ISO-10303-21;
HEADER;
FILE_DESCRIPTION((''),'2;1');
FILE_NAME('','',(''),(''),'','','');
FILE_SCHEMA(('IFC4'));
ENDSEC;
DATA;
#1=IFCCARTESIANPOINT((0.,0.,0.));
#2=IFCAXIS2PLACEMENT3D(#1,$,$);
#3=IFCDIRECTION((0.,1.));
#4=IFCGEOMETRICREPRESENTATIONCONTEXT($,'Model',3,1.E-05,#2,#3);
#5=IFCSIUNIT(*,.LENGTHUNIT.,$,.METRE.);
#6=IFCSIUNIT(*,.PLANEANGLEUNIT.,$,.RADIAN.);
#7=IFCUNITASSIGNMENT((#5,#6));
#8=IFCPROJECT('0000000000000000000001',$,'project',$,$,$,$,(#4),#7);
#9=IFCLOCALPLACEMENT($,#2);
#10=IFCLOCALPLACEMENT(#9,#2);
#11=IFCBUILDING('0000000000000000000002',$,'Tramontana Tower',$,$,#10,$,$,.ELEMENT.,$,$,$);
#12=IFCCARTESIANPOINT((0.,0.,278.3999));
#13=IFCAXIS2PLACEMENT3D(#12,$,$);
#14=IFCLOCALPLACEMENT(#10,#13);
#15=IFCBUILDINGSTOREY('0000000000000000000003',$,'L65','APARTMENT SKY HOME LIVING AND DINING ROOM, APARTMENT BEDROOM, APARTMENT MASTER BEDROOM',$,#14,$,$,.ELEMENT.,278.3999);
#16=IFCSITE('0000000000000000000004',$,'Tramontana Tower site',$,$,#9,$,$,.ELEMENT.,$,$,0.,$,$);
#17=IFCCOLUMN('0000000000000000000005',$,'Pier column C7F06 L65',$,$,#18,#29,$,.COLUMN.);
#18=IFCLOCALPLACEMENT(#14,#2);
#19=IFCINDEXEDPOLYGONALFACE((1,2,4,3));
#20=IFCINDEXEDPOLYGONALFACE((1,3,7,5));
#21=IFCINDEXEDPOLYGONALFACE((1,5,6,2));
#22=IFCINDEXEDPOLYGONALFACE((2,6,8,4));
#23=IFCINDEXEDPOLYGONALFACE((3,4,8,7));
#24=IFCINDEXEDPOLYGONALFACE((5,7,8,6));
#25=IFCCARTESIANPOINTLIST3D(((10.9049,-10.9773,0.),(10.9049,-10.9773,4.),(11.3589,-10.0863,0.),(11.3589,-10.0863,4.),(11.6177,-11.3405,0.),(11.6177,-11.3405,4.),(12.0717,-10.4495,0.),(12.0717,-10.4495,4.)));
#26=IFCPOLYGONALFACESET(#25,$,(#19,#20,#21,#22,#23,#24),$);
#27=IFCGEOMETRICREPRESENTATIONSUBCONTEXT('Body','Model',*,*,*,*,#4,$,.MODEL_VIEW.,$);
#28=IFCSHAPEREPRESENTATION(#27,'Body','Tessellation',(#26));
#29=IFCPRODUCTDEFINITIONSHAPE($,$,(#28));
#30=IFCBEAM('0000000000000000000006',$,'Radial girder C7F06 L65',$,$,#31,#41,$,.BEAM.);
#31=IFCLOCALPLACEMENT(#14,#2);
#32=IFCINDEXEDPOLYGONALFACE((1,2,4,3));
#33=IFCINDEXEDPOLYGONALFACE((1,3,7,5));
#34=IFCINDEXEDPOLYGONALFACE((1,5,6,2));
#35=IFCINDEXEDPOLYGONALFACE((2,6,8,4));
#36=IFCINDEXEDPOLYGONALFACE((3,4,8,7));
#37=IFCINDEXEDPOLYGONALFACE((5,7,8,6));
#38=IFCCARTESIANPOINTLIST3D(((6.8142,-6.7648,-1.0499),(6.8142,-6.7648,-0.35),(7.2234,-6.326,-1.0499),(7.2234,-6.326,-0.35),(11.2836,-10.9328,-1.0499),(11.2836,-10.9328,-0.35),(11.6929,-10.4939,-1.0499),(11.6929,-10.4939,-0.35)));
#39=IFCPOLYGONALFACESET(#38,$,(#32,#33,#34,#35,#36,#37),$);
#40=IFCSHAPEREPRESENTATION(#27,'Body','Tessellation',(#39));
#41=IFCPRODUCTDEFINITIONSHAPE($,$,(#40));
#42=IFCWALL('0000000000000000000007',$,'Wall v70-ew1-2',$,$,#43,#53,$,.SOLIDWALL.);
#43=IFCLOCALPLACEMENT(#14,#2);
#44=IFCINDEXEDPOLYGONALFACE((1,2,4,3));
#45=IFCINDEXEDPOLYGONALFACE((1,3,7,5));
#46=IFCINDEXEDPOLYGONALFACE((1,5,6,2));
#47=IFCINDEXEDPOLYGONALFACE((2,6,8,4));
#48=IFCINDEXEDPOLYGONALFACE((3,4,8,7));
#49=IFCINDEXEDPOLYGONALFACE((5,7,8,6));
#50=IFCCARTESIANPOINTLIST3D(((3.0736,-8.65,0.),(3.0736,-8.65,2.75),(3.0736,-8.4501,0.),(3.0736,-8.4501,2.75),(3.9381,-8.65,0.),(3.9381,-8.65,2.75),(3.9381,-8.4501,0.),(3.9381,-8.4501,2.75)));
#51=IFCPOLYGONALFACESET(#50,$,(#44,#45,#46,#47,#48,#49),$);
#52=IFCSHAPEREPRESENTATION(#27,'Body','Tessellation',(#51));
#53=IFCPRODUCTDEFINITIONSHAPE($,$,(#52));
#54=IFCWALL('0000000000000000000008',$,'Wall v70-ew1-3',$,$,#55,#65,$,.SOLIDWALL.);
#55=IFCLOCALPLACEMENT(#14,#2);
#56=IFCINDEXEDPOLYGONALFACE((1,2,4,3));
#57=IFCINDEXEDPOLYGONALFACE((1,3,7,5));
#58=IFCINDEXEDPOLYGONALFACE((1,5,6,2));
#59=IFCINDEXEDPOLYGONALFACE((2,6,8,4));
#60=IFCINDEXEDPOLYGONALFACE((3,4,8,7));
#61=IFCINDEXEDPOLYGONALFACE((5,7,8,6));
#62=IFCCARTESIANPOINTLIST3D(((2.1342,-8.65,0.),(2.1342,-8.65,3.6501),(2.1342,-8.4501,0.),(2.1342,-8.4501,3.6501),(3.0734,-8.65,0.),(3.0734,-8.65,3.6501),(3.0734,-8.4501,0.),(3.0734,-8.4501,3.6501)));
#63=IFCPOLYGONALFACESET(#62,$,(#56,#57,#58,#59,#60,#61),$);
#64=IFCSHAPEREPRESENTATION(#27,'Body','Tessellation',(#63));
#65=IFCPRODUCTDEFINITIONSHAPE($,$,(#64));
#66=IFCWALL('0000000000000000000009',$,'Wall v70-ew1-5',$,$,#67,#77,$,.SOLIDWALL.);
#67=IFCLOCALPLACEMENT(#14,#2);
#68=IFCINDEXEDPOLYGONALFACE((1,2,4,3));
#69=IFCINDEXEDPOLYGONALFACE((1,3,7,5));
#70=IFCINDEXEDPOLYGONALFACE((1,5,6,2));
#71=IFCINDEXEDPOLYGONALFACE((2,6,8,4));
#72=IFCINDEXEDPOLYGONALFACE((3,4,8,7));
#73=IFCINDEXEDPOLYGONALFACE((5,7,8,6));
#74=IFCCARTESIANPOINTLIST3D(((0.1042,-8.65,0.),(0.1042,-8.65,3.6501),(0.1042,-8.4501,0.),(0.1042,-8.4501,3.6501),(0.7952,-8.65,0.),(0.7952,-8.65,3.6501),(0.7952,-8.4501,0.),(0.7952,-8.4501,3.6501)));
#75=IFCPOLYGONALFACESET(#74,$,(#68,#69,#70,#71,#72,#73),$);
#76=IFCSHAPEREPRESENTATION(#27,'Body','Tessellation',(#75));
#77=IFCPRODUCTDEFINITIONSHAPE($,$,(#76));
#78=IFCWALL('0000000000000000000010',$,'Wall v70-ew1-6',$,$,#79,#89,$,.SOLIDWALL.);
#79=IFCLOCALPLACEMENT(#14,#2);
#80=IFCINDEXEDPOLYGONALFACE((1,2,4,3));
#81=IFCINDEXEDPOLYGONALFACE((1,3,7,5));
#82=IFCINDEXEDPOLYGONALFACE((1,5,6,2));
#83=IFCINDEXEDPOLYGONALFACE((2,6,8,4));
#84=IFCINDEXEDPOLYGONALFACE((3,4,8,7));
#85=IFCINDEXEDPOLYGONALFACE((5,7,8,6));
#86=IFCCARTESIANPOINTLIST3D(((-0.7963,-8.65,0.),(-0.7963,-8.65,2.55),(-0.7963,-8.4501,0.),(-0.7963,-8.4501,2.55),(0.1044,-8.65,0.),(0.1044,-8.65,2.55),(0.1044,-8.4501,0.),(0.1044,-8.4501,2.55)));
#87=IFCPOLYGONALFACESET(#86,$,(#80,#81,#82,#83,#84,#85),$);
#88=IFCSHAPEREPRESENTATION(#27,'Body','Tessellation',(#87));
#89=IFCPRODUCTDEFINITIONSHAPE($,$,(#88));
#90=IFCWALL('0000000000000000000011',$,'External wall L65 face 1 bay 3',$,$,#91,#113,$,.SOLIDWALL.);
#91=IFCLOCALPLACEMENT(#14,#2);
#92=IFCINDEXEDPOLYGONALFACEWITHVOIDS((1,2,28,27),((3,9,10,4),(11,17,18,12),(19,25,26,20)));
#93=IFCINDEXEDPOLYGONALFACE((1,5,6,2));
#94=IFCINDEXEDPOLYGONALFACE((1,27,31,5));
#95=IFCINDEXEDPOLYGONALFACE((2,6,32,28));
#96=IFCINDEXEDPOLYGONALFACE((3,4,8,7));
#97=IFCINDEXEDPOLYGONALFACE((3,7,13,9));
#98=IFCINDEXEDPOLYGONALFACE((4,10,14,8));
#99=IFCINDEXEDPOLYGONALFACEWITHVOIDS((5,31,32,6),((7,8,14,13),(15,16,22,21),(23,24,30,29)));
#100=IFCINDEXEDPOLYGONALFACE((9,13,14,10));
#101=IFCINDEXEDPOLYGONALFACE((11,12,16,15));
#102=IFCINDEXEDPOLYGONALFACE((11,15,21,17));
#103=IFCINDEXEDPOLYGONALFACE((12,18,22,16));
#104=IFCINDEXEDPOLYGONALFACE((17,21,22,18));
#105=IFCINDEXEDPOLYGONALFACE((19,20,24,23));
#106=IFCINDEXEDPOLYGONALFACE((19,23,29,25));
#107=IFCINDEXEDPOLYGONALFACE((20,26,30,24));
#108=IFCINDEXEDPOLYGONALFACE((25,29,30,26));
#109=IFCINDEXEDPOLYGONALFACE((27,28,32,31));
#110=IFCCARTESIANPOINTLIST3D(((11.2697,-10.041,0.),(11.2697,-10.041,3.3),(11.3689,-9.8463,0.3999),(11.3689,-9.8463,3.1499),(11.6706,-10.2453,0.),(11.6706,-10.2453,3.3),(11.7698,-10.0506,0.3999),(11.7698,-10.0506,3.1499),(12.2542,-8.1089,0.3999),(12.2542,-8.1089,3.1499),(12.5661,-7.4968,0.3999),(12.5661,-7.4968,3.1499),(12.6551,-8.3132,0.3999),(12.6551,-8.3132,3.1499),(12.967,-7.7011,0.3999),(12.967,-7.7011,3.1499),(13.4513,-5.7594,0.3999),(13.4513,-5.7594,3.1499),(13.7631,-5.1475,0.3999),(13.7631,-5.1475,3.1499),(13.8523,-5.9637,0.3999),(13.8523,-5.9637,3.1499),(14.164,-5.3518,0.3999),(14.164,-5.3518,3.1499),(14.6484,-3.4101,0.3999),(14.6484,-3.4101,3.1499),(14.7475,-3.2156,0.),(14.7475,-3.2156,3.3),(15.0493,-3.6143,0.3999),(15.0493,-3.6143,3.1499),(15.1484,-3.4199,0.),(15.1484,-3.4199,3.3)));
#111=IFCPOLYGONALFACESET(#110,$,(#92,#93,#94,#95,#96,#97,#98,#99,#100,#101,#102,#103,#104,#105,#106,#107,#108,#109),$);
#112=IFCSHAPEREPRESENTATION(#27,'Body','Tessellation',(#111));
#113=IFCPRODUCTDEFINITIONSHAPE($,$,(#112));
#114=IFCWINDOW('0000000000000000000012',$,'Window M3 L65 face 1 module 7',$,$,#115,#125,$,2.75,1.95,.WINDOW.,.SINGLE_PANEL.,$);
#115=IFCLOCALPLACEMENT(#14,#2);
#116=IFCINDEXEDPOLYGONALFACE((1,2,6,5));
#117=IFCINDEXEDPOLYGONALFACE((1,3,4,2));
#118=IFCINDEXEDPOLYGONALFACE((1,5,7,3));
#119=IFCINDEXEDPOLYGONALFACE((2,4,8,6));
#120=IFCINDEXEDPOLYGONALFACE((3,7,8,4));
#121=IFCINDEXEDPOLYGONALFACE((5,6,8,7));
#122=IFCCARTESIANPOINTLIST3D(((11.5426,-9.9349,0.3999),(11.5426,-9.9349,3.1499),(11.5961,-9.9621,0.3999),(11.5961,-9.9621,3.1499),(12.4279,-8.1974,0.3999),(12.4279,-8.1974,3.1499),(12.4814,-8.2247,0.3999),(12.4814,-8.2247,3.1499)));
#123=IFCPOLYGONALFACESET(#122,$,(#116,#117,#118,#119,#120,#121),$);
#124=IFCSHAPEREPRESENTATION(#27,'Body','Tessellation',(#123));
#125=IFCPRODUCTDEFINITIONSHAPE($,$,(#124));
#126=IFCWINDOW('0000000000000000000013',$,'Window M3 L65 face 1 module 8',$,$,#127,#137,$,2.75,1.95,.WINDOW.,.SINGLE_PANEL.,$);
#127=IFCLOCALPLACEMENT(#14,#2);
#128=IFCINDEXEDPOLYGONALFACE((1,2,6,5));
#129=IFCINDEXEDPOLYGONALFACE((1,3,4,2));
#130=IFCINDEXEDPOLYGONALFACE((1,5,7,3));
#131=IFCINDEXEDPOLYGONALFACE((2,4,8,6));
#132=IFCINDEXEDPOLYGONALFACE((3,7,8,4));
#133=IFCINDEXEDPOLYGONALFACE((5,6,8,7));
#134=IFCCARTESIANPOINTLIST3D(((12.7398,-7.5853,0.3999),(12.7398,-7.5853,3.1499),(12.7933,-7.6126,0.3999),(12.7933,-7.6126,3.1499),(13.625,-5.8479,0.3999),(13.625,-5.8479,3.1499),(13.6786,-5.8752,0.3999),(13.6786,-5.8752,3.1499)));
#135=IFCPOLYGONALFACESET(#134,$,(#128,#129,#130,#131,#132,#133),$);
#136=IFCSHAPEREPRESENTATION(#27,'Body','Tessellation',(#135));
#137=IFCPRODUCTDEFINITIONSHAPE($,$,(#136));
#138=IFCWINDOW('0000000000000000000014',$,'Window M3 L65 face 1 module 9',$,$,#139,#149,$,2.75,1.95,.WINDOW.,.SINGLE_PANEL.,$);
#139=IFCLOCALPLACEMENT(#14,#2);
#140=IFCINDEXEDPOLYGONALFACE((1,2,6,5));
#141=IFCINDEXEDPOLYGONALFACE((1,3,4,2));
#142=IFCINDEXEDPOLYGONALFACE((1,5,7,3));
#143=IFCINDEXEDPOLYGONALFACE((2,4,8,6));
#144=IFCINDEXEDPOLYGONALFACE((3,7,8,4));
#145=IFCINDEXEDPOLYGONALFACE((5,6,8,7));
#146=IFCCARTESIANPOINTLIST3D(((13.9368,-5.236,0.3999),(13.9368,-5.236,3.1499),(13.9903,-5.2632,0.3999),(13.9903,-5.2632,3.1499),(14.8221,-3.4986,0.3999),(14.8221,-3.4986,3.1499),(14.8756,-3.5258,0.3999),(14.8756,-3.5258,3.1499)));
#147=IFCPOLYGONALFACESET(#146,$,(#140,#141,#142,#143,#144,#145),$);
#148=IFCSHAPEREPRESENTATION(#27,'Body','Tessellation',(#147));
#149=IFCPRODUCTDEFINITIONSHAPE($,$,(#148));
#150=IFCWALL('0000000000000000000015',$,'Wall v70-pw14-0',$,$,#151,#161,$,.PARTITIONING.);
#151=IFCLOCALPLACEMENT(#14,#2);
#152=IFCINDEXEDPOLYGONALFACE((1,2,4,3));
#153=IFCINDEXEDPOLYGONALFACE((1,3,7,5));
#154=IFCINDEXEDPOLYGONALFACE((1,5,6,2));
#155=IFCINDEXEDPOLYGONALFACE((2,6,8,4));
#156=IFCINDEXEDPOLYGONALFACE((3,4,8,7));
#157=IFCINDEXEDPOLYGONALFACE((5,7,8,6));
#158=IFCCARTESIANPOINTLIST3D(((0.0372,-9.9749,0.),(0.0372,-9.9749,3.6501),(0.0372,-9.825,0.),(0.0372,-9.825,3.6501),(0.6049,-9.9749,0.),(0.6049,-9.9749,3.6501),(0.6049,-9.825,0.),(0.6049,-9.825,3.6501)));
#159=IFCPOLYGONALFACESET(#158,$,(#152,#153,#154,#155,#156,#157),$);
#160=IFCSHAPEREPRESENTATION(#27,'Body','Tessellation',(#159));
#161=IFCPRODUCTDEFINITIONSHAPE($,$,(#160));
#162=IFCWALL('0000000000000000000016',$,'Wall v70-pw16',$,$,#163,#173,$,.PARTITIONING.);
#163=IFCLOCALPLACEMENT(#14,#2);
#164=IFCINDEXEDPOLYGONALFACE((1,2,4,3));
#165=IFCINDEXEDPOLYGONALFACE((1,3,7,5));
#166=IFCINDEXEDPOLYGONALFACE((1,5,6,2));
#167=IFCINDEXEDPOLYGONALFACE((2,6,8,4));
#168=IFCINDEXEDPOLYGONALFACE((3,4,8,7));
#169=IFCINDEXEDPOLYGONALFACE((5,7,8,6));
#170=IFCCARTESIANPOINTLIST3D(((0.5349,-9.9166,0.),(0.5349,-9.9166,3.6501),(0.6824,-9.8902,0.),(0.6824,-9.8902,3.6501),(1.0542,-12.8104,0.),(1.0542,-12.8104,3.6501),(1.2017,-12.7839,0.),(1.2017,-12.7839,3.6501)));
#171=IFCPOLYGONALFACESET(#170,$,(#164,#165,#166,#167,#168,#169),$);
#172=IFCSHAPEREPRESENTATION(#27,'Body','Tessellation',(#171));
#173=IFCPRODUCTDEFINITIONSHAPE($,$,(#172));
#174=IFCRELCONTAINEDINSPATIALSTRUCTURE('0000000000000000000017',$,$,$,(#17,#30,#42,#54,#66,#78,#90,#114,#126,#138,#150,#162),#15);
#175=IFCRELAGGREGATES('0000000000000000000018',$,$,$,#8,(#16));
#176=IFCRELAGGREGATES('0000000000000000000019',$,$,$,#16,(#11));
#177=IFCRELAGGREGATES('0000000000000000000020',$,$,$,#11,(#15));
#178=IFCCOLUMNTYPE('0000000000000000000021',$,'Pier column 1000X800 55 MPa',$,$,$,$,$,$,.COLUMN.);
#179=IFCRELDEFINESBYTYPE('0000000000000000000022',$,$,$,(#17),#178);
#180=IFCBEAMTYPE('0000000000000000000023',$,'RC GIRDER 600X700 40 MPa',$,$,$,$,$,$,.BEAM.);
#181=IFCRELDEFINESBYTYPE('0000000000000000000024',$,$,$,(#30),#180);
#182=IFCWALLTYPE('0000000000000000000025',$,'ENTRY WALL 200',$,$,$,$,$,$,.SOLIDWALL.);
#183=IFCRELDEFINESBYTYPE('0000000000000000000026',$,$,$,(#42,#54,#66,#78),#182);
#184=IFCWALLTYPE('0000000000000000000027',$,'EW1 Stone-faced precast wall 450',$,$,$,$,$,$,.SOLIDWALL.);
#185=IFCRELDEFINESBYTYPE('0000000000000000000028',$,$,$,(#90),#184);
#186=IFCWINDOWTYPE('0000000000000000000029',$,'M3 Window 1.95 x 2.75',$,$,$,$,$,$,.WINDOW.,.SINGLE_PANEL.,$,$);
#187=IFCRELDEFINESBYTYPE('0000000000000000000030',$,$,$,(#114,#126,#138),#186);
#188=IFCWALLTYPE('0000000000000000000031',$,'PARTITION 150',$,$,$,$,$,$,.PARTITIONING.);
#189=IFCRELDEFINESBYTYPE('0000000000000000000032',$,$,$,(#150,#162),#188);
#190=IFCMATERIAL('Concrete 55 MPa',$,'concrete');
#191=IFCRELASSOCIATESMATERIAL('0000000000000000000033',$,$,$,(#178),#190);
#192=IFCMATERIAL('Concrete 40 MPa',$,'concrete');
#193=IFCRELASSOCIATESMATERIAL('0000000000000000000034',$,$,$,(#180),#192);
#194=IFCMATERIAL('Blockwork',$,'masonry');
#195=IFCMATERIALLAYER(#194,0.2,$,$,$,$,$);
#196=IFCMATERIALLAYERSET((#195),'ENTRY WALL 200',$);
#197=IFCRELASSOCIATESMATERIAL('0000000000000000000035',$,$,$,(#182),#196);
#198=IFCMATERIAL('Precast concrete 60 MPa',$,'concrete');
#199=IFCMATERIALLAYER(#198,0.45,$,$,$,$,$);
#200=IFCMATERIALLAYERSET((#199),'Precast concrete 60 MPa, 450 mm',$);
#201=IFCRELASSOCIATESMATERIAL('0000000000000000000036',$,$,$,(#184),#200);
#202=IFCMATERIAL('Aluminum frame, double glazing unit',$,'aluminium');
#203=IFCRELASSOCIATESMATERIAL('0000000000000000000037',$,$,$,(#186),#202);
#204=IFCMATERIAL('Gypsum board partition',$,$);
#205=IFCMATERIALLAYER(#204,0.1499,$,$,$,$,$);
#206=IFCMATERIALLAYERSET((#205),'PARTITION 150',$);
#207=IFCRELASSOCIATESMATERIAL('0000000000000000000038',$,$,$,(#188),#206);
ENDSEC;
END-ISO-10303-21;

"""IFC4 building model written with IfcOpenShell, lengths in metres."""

from ifc_helpers import new_model, si_unit, direction, frame, frame_2d, origin, origin_2d, place, context, subcontext, project, spatial, rectangle, extrude, material, layer, layer_set, material_profile, profile_set, type_object, element, fill, save


model = new_model("IFC4")

# Units and contexts
model_context = context("Model", 3, precision=1e-05, world=origin(), true_north=direction((0.0, 1.0)))
body_context = subcontext(model_context, "Body", "Model", "MODEL_VIEW")
ifc_project = project(units=[si_unit("LENGTHUNIT", "METRE"), si_unit("PLANEANGLEUNIT", "RADIAN")], contexts=[model_context])

# Site, building, storey
site_placement = place(None, origin())
site = spatial("IfcSite", under=ifc_project, at=site_placement, Name="Tramontana Tower site", CompositionType="ELEMENT", RefElevation=0.0)
building_placement = place(site_placement, origin())
building = spatial("IfcBuilding", under=site, at=building_placement, Name="Tramontana Tower", CompositionType="ELEMENT")
storey_placement = place(building_placement, frame((0.0, 0.0, 278.3999)))
storey = spatial("IfcBuildingStorey", under=building, at=storey_placement, Name="L65", Description="APARTMENT SKY HOME LIVING AND DINING ROOM, APARTMENT BEDROOM, APARTMENT MASTER BEDROOM", CompositionType="ELEMENT", Elevation=278.3999)

# Column
ifc_material_1 = material(Name="Concrete 55 MPa", Category="concrete")
ifc_material_profile_1 = material_profile(ifc_material_1, rectangle(XDim=1.0, YDim=0.8, at=origin_2d()), Name="Pier column 1000X800 55 MPa")
ifc_profile_set_1 = profile_set([ifc_material_profile_1], Name="Concrete 55 MPa")
column_type = type_object("IfcColumnType", Name="Pier column 1000X800 55 MPa", PredefinedType="COLUMN", material=ifc_profile_set_1)
column_placement = place(storey_placement, frame((11.4883, -10.7134, 0.0), z_axis=(0.0, 0.0, 1.0), x_axis=(0.45399, 0.891007, 0.0)))
element("IfcColumn", 1, at=column_placement, inside=storey, type_object=column_type, Name="Pier column C7F06 L65", PredefinedType="COLUMN", context=body_context, shape_type="SweptSolid", body=[
    extrude(rectangle(XDim=1.0, YDim=0.8, at=origin_2d()), origin(), (0.0, 0.0, 1.0), 4.0),
])

# Beam
ifc_material_2 = material(Name="Concrete 40 MPa", Category="concrete")
ifc_material_profile_2 = material_profile(ifc_material_2, rectangle(XDim=0.6001, YDim=0.7, at=origin_2d()), Name="RC GIRDER 600X700 40 MPa")
ifc_profile_set_2 = profile_set([ifc_material_profile_2], Name="Concrete 40 MPa")
beam_type = type_object("IfcBeamType", Name="RC GIRDER 600X700 40 MPa", PredefinedType="BEAM", material=ifc_profile_set_2)
beam_placement = place(storey_placement, frame((11.4883, -10.7134, -0.7), z_axis=(-0.731345, 0.682008, 0.0), x_axis=(-0.682008, -0.731345, 0.0)))
element("IfcBeam", 2, at=beam_placement, inside=storey, type_object=beam_type, Name="Radial girder C7F06 L65", PredefinedType="BEAM", context=body_context, shape_type="SweptSolid", body=[
    extrude(rectangle(XDim=0.6001, YDim=0.7, at=origin_2d()), origin(), (0.0, 0.0, 1.0), 6.1113),
])

# Walls
ifc_material_3 = material(Name="Blockwork", Category="masonry")
ifc_layer_1 = layer(ifc_material_3, 0.2)
ifc_layer_set_1 = layer_set([ifc_layer_1], Name="ENTRY WALL 200")
wall_type_1 = type_object("IfcWallType", Name="ENTRY WALL 200", PredefinedType="SOLIDWALL", material=ifc_layer_set_1)
wall_1_placement = place(storey_placement, frame((3.938, -8.55, 0.0), z_axis=(0.0, 0.0, 1.0), x_axis=(-1.0, 0.0, 0.0)))
element("IfcWall", 3, at=wall_1_placement, inside=storey, type_object=wall_type_1, Name="Wall v70-ew1-2", PredefinedType="SOLIDWALL", context=body_context, shape_type="SweptSolid", body=[
    extrude(rectangle(XDim=0.8645, YDim=0.2, at=frame_2d((0.4321, 0.0))), origin(), (0.0, 0.0, 1.0), 2.75),
])
wall_2_placement = place(storey_placement, frame((3.0735, -8.55, 0.0), z_axis=(0.0, 0.0, 1.0), x_axis=(-1.0, 0.0, 0.0)))
element("IfcWall", 4, at=wall_2_placement, inside=storey, type_object=wall_type_1, Name="Wall v70-ew1-3", PredefinedType="SOLIDWALL", context=body_context, shape_type="SweptSolid", body=[
    extrude(rectangle(XDim=0.9392, YDim=0.2, at=frame_2d((0.4697, 0.0))), origin(), (0.0, 0.0, 1.0), 3.6501),
])

# Walls
wall_3_placement = place(storey_placement, frame((0.7952, -8.55, 0.0), z_axis=(0.0, 0.0, 1.0), x_axis=(-1.0, 0.0, 0.0)))
element("IfcWall", 5, at=wall_3_placement, inside=storey, type_object=wall_type_1, Name="Wall v70-ew1-5", PredefinedType="SOLIDWALL", context=body_context, shape_type="SweptSolid", body=[
    extrude(rectangle(XDim=0.6909, YDim=0.2, at=frame_2d((0.3455, 0.0))), origin(), (0.0, 0.0, 1.0), 3.6501),
])
wall_4_placement = place(storey_placement, frame((0.1042, -8.55, 0.0), z_axis=(0.0, 0.0, 1.0), x_axis=(-1.0, 0.0, 0.0)))
element("IfcWall", 6, at=wall_4_placement, inside=storey, type_object=wall_type_1, Name="Wall v70-ew1-6", PredefinedType="SOLIDWALL", context=body_context, shape_type="SweptSolid", body=[
    extrude(rectangle(XDim=0.9006, YDim=0.2, at=frame_2d((0.4502, 0.0))), origin(), (0.0, 0.0, 1.0), 2.55),
])

# Wall, openings, windows
ifc_material_4 = material(Name="Precast concrete 60 MPa", Category="concrete")
ifc_layer_2 = layer(ifc_material_4, 0.45)
ifc_layer_set_2 = layer_set([ifc_layer_2], Name="Precast concrete 60 MPa, 450 mm")
wall_type_2 = type_object("IfcWallType", Name="EW1 Stone-faced precast wall 450", PredefinedType="SOLIDWALL", material=ifc_layer_set_2)
wall_5_placement = place(storey_placement, frame((11.4702, -10.1431, 0.0), z_axis=(0.0, 0.0, 1.0), x_axis=(0.453995, 0.891004, 0.0)))
wall_5 = element("IfcWall", 7, at=wall_5_placement, inside=storey, type_object=wall_type_2, Name="External wall L65 face 1 bay 3", PredefinedType="SOLIDWALL", context=body_context, shape_type="SweptSolid", body=[
    extrude(rectangle(XDim=7.6604, YDim=0.45, at=frame_2d((3.8301, 0.0))), origin(), (0.0, 0.0, 1.0), 3.3),
])
opening_1_placement = place(wall_5_placement, frame((0.2183, 0.0, 0.3999)))
opening_1 = element("IfcOpeningElement", 8, at=opening_1_placement, cuts=wall_5, PredefinedType="OPENING", context=body_context, shape_type="SweptSolid", body=[
    extrude(rectangle(XDim=1.95, YDim=2.75, at=frame_2d((0.9751, 1.375))), frame((0.0, 0.2349, 0.0), z_axis=(0.0, -1.0, 0.0), x_axis=(1.0, 0.0, 0.0)), (0.0, 0.0, 1.0), 0.47),
])
opening_2_placement = place(wall_5_placement, frame((2.8552, 0.0, 0.3999)))
opening_2 = element("IfcOpeningElement", 9, at=opening_2_placement, cuts=wall_5, PredefinedType="OPENING", context=body_context, shape_type="SweptSolid", body=[
    extrude(rectangle(XDim=1.95, YDim=2.75, at=frame_2d((0.9751, 1.375))), frame((0.0, 0.2349, 0.0), z_axis=(0.0, -1.0, 0.0), x_axis=(1.0, 0.0, 0.0)), (0.0, 0.0, 1.0), 0.47),
])
opening_3_placement = place(wall_5_placement, frame((5.4919, 0.0, 0.3999)))
opening_3 = element("IfcOpeningElement", 10, at=opening_3_placement, cuts=wall_5, PredefinedType="OPENING", context=body_context, shape_type="SweptSolid", body=[
    extrude(rectangle(XDim=1.95, YDim=2.75, at=frame_2d((0.9751, 1.375))), frame((0.0, 0.2349, 0.0), z_axis=(0.0, -1.0, 0.0), x_axis=(1.0, 0.0, 0.0)), (0.0, 0.0, 1.0), 0.47),
])
ifc_material_5 = material(Name="Aluminum frame, double glazing unit", Category="aluminium")
window_type = type_object("IfcWindowType", Name="M3 Window 1.95 x 2.75", PartitioningType="SINGLE_PANEL", PredefinedType="WINDOW", material=ifc_material_5)
window_1_placement = place(opening_1_placement, origin())
window_1 = element("IfcWindow", 11, at=window_1_placement, inside=storey, type_object=window_type, Name="Window M3 L65 face 1 module 7", OverallHeight=2.75, OverallWidth=1.95, PartitioningType="SINGLE_PANEL", PredefinedType="WINDOW", context=body_context, shape_type="SweptSolid", body=[
    extrude(rectangle(XDim=1.95, YDim=2.75, at=frame_2d((0.9751, 1.375))), frame((0.0, 0.03, 0.0), z_axis=(0.0, -1.0, 0.0), x_axis=(1.0, 0.0, 0.0)), (0.0, 0.0, 1.0), 0.0601),
])
fill(opening_1, window_1)
window_2_placement = place(opening_2_placement, origin())
window_2 = element("IfcWindow", 12, at=window_2_placement, inside=storey, type_object=window_type, Name="Window M3 L65 face 1 module 8", OverallHeight=2.75, OverallWidth=1.95, PartitioningType="SINGLE_PANEL", PredefinedType="WINDOW", context=body_context, shape_type="SweptSolid", body=[
    extrude(rectangle(XDim=1.95, YDim=2.75, at=frame_2d((0.9751, 1.375))), frame((0.0, 0.03, 0.0), z_axis=(0.0, -1.0, 0.0), x_axis=(1.0, 0.0, 0.0)), (0.0, 0.0, 1.0), 0.0601),
])
fill(opening_2, window_2)
window_3_placement = place(opening_3_placement, origin())
window_3 = element("IfcWindow", 13, at=window_3_placement, inside=storey, type_object=window_type, Name="Window M3 L65 face 1 module 9", OverallHeight=2.75, OverallWidth=1.95, PartitioningType="SINGLE_PANEL", PredefinedType="WINDOW", context=body_context, shape_type="SweptSolid", body=[
    extrude(rectangle(XDim=1.95, YDim=2.75, at=frame_2d((0.9751, 1.375))), frame((0.0, 0.03, 0.0), z_axis=(0.0, -1.0, 0.0), x_axis=(1.0, 0.0, 0.0)), (0.0, 0.0, 1.0), 0.0601),
])
fill(opening_3, window_3)

# Wall
ifc_material_6 = material(Name="Gypsum board partition")
ifc_layer_3 = layer(ifc_material_6, 0.1499)
ifc_layer_set_3 = layer_set([ifc_layer_3], Name="PARTITION 150")
wall_type_3 = type_object("IfcWallType", Name="PARTITION 150", PredefinedType="PARTITIONING", material=ifc_layer_set_3)
wall_6_placement = place(storey_placement, frame((0.6047, -9.8999, 0.0), z_axis=(0.0, 0.0, 1.0), x_axis=(-1.0, 0.0, 0.0)))
element("IfcWall", 14, at=wall_6_placement, inside=storey, type_object=wall_type_3, Name="Wall v70-pw14-0", PredefinedType="PARTITIONING", context=body_context, shape_type="SweptSolid", body=[
    extrude(rectangle(XDim=0.5676, YDim=0.1499, at=frame_2d((0.2837, 0.0))), origin(), (0.0, 0.0, 1.0), 3.6501),
])

# Wall
wall_7_placement = place(storey_placement, frame((1.1279, -12.7971, 0.0), z_axis=(0.0, 0.0, 1.0), x_axis=(-0.176627, 0.984278, 0.0)))
element("IfcWall", 15, at=wall_7_placement, inside=storey, type_object=wall_type_3, Name="Wall v70-pw16", PredefinedType="PARTITIONING", context=body_context, shape_type="SweptSolid", body=[
    extrude(rectangle(XDim=2.9399, YDim=0.1499, at=frame_2d((1.47, 0.0))), origin(), (0.0, 0.0, 1.0), 3.6501),
])

save(model, "model.ifc")
